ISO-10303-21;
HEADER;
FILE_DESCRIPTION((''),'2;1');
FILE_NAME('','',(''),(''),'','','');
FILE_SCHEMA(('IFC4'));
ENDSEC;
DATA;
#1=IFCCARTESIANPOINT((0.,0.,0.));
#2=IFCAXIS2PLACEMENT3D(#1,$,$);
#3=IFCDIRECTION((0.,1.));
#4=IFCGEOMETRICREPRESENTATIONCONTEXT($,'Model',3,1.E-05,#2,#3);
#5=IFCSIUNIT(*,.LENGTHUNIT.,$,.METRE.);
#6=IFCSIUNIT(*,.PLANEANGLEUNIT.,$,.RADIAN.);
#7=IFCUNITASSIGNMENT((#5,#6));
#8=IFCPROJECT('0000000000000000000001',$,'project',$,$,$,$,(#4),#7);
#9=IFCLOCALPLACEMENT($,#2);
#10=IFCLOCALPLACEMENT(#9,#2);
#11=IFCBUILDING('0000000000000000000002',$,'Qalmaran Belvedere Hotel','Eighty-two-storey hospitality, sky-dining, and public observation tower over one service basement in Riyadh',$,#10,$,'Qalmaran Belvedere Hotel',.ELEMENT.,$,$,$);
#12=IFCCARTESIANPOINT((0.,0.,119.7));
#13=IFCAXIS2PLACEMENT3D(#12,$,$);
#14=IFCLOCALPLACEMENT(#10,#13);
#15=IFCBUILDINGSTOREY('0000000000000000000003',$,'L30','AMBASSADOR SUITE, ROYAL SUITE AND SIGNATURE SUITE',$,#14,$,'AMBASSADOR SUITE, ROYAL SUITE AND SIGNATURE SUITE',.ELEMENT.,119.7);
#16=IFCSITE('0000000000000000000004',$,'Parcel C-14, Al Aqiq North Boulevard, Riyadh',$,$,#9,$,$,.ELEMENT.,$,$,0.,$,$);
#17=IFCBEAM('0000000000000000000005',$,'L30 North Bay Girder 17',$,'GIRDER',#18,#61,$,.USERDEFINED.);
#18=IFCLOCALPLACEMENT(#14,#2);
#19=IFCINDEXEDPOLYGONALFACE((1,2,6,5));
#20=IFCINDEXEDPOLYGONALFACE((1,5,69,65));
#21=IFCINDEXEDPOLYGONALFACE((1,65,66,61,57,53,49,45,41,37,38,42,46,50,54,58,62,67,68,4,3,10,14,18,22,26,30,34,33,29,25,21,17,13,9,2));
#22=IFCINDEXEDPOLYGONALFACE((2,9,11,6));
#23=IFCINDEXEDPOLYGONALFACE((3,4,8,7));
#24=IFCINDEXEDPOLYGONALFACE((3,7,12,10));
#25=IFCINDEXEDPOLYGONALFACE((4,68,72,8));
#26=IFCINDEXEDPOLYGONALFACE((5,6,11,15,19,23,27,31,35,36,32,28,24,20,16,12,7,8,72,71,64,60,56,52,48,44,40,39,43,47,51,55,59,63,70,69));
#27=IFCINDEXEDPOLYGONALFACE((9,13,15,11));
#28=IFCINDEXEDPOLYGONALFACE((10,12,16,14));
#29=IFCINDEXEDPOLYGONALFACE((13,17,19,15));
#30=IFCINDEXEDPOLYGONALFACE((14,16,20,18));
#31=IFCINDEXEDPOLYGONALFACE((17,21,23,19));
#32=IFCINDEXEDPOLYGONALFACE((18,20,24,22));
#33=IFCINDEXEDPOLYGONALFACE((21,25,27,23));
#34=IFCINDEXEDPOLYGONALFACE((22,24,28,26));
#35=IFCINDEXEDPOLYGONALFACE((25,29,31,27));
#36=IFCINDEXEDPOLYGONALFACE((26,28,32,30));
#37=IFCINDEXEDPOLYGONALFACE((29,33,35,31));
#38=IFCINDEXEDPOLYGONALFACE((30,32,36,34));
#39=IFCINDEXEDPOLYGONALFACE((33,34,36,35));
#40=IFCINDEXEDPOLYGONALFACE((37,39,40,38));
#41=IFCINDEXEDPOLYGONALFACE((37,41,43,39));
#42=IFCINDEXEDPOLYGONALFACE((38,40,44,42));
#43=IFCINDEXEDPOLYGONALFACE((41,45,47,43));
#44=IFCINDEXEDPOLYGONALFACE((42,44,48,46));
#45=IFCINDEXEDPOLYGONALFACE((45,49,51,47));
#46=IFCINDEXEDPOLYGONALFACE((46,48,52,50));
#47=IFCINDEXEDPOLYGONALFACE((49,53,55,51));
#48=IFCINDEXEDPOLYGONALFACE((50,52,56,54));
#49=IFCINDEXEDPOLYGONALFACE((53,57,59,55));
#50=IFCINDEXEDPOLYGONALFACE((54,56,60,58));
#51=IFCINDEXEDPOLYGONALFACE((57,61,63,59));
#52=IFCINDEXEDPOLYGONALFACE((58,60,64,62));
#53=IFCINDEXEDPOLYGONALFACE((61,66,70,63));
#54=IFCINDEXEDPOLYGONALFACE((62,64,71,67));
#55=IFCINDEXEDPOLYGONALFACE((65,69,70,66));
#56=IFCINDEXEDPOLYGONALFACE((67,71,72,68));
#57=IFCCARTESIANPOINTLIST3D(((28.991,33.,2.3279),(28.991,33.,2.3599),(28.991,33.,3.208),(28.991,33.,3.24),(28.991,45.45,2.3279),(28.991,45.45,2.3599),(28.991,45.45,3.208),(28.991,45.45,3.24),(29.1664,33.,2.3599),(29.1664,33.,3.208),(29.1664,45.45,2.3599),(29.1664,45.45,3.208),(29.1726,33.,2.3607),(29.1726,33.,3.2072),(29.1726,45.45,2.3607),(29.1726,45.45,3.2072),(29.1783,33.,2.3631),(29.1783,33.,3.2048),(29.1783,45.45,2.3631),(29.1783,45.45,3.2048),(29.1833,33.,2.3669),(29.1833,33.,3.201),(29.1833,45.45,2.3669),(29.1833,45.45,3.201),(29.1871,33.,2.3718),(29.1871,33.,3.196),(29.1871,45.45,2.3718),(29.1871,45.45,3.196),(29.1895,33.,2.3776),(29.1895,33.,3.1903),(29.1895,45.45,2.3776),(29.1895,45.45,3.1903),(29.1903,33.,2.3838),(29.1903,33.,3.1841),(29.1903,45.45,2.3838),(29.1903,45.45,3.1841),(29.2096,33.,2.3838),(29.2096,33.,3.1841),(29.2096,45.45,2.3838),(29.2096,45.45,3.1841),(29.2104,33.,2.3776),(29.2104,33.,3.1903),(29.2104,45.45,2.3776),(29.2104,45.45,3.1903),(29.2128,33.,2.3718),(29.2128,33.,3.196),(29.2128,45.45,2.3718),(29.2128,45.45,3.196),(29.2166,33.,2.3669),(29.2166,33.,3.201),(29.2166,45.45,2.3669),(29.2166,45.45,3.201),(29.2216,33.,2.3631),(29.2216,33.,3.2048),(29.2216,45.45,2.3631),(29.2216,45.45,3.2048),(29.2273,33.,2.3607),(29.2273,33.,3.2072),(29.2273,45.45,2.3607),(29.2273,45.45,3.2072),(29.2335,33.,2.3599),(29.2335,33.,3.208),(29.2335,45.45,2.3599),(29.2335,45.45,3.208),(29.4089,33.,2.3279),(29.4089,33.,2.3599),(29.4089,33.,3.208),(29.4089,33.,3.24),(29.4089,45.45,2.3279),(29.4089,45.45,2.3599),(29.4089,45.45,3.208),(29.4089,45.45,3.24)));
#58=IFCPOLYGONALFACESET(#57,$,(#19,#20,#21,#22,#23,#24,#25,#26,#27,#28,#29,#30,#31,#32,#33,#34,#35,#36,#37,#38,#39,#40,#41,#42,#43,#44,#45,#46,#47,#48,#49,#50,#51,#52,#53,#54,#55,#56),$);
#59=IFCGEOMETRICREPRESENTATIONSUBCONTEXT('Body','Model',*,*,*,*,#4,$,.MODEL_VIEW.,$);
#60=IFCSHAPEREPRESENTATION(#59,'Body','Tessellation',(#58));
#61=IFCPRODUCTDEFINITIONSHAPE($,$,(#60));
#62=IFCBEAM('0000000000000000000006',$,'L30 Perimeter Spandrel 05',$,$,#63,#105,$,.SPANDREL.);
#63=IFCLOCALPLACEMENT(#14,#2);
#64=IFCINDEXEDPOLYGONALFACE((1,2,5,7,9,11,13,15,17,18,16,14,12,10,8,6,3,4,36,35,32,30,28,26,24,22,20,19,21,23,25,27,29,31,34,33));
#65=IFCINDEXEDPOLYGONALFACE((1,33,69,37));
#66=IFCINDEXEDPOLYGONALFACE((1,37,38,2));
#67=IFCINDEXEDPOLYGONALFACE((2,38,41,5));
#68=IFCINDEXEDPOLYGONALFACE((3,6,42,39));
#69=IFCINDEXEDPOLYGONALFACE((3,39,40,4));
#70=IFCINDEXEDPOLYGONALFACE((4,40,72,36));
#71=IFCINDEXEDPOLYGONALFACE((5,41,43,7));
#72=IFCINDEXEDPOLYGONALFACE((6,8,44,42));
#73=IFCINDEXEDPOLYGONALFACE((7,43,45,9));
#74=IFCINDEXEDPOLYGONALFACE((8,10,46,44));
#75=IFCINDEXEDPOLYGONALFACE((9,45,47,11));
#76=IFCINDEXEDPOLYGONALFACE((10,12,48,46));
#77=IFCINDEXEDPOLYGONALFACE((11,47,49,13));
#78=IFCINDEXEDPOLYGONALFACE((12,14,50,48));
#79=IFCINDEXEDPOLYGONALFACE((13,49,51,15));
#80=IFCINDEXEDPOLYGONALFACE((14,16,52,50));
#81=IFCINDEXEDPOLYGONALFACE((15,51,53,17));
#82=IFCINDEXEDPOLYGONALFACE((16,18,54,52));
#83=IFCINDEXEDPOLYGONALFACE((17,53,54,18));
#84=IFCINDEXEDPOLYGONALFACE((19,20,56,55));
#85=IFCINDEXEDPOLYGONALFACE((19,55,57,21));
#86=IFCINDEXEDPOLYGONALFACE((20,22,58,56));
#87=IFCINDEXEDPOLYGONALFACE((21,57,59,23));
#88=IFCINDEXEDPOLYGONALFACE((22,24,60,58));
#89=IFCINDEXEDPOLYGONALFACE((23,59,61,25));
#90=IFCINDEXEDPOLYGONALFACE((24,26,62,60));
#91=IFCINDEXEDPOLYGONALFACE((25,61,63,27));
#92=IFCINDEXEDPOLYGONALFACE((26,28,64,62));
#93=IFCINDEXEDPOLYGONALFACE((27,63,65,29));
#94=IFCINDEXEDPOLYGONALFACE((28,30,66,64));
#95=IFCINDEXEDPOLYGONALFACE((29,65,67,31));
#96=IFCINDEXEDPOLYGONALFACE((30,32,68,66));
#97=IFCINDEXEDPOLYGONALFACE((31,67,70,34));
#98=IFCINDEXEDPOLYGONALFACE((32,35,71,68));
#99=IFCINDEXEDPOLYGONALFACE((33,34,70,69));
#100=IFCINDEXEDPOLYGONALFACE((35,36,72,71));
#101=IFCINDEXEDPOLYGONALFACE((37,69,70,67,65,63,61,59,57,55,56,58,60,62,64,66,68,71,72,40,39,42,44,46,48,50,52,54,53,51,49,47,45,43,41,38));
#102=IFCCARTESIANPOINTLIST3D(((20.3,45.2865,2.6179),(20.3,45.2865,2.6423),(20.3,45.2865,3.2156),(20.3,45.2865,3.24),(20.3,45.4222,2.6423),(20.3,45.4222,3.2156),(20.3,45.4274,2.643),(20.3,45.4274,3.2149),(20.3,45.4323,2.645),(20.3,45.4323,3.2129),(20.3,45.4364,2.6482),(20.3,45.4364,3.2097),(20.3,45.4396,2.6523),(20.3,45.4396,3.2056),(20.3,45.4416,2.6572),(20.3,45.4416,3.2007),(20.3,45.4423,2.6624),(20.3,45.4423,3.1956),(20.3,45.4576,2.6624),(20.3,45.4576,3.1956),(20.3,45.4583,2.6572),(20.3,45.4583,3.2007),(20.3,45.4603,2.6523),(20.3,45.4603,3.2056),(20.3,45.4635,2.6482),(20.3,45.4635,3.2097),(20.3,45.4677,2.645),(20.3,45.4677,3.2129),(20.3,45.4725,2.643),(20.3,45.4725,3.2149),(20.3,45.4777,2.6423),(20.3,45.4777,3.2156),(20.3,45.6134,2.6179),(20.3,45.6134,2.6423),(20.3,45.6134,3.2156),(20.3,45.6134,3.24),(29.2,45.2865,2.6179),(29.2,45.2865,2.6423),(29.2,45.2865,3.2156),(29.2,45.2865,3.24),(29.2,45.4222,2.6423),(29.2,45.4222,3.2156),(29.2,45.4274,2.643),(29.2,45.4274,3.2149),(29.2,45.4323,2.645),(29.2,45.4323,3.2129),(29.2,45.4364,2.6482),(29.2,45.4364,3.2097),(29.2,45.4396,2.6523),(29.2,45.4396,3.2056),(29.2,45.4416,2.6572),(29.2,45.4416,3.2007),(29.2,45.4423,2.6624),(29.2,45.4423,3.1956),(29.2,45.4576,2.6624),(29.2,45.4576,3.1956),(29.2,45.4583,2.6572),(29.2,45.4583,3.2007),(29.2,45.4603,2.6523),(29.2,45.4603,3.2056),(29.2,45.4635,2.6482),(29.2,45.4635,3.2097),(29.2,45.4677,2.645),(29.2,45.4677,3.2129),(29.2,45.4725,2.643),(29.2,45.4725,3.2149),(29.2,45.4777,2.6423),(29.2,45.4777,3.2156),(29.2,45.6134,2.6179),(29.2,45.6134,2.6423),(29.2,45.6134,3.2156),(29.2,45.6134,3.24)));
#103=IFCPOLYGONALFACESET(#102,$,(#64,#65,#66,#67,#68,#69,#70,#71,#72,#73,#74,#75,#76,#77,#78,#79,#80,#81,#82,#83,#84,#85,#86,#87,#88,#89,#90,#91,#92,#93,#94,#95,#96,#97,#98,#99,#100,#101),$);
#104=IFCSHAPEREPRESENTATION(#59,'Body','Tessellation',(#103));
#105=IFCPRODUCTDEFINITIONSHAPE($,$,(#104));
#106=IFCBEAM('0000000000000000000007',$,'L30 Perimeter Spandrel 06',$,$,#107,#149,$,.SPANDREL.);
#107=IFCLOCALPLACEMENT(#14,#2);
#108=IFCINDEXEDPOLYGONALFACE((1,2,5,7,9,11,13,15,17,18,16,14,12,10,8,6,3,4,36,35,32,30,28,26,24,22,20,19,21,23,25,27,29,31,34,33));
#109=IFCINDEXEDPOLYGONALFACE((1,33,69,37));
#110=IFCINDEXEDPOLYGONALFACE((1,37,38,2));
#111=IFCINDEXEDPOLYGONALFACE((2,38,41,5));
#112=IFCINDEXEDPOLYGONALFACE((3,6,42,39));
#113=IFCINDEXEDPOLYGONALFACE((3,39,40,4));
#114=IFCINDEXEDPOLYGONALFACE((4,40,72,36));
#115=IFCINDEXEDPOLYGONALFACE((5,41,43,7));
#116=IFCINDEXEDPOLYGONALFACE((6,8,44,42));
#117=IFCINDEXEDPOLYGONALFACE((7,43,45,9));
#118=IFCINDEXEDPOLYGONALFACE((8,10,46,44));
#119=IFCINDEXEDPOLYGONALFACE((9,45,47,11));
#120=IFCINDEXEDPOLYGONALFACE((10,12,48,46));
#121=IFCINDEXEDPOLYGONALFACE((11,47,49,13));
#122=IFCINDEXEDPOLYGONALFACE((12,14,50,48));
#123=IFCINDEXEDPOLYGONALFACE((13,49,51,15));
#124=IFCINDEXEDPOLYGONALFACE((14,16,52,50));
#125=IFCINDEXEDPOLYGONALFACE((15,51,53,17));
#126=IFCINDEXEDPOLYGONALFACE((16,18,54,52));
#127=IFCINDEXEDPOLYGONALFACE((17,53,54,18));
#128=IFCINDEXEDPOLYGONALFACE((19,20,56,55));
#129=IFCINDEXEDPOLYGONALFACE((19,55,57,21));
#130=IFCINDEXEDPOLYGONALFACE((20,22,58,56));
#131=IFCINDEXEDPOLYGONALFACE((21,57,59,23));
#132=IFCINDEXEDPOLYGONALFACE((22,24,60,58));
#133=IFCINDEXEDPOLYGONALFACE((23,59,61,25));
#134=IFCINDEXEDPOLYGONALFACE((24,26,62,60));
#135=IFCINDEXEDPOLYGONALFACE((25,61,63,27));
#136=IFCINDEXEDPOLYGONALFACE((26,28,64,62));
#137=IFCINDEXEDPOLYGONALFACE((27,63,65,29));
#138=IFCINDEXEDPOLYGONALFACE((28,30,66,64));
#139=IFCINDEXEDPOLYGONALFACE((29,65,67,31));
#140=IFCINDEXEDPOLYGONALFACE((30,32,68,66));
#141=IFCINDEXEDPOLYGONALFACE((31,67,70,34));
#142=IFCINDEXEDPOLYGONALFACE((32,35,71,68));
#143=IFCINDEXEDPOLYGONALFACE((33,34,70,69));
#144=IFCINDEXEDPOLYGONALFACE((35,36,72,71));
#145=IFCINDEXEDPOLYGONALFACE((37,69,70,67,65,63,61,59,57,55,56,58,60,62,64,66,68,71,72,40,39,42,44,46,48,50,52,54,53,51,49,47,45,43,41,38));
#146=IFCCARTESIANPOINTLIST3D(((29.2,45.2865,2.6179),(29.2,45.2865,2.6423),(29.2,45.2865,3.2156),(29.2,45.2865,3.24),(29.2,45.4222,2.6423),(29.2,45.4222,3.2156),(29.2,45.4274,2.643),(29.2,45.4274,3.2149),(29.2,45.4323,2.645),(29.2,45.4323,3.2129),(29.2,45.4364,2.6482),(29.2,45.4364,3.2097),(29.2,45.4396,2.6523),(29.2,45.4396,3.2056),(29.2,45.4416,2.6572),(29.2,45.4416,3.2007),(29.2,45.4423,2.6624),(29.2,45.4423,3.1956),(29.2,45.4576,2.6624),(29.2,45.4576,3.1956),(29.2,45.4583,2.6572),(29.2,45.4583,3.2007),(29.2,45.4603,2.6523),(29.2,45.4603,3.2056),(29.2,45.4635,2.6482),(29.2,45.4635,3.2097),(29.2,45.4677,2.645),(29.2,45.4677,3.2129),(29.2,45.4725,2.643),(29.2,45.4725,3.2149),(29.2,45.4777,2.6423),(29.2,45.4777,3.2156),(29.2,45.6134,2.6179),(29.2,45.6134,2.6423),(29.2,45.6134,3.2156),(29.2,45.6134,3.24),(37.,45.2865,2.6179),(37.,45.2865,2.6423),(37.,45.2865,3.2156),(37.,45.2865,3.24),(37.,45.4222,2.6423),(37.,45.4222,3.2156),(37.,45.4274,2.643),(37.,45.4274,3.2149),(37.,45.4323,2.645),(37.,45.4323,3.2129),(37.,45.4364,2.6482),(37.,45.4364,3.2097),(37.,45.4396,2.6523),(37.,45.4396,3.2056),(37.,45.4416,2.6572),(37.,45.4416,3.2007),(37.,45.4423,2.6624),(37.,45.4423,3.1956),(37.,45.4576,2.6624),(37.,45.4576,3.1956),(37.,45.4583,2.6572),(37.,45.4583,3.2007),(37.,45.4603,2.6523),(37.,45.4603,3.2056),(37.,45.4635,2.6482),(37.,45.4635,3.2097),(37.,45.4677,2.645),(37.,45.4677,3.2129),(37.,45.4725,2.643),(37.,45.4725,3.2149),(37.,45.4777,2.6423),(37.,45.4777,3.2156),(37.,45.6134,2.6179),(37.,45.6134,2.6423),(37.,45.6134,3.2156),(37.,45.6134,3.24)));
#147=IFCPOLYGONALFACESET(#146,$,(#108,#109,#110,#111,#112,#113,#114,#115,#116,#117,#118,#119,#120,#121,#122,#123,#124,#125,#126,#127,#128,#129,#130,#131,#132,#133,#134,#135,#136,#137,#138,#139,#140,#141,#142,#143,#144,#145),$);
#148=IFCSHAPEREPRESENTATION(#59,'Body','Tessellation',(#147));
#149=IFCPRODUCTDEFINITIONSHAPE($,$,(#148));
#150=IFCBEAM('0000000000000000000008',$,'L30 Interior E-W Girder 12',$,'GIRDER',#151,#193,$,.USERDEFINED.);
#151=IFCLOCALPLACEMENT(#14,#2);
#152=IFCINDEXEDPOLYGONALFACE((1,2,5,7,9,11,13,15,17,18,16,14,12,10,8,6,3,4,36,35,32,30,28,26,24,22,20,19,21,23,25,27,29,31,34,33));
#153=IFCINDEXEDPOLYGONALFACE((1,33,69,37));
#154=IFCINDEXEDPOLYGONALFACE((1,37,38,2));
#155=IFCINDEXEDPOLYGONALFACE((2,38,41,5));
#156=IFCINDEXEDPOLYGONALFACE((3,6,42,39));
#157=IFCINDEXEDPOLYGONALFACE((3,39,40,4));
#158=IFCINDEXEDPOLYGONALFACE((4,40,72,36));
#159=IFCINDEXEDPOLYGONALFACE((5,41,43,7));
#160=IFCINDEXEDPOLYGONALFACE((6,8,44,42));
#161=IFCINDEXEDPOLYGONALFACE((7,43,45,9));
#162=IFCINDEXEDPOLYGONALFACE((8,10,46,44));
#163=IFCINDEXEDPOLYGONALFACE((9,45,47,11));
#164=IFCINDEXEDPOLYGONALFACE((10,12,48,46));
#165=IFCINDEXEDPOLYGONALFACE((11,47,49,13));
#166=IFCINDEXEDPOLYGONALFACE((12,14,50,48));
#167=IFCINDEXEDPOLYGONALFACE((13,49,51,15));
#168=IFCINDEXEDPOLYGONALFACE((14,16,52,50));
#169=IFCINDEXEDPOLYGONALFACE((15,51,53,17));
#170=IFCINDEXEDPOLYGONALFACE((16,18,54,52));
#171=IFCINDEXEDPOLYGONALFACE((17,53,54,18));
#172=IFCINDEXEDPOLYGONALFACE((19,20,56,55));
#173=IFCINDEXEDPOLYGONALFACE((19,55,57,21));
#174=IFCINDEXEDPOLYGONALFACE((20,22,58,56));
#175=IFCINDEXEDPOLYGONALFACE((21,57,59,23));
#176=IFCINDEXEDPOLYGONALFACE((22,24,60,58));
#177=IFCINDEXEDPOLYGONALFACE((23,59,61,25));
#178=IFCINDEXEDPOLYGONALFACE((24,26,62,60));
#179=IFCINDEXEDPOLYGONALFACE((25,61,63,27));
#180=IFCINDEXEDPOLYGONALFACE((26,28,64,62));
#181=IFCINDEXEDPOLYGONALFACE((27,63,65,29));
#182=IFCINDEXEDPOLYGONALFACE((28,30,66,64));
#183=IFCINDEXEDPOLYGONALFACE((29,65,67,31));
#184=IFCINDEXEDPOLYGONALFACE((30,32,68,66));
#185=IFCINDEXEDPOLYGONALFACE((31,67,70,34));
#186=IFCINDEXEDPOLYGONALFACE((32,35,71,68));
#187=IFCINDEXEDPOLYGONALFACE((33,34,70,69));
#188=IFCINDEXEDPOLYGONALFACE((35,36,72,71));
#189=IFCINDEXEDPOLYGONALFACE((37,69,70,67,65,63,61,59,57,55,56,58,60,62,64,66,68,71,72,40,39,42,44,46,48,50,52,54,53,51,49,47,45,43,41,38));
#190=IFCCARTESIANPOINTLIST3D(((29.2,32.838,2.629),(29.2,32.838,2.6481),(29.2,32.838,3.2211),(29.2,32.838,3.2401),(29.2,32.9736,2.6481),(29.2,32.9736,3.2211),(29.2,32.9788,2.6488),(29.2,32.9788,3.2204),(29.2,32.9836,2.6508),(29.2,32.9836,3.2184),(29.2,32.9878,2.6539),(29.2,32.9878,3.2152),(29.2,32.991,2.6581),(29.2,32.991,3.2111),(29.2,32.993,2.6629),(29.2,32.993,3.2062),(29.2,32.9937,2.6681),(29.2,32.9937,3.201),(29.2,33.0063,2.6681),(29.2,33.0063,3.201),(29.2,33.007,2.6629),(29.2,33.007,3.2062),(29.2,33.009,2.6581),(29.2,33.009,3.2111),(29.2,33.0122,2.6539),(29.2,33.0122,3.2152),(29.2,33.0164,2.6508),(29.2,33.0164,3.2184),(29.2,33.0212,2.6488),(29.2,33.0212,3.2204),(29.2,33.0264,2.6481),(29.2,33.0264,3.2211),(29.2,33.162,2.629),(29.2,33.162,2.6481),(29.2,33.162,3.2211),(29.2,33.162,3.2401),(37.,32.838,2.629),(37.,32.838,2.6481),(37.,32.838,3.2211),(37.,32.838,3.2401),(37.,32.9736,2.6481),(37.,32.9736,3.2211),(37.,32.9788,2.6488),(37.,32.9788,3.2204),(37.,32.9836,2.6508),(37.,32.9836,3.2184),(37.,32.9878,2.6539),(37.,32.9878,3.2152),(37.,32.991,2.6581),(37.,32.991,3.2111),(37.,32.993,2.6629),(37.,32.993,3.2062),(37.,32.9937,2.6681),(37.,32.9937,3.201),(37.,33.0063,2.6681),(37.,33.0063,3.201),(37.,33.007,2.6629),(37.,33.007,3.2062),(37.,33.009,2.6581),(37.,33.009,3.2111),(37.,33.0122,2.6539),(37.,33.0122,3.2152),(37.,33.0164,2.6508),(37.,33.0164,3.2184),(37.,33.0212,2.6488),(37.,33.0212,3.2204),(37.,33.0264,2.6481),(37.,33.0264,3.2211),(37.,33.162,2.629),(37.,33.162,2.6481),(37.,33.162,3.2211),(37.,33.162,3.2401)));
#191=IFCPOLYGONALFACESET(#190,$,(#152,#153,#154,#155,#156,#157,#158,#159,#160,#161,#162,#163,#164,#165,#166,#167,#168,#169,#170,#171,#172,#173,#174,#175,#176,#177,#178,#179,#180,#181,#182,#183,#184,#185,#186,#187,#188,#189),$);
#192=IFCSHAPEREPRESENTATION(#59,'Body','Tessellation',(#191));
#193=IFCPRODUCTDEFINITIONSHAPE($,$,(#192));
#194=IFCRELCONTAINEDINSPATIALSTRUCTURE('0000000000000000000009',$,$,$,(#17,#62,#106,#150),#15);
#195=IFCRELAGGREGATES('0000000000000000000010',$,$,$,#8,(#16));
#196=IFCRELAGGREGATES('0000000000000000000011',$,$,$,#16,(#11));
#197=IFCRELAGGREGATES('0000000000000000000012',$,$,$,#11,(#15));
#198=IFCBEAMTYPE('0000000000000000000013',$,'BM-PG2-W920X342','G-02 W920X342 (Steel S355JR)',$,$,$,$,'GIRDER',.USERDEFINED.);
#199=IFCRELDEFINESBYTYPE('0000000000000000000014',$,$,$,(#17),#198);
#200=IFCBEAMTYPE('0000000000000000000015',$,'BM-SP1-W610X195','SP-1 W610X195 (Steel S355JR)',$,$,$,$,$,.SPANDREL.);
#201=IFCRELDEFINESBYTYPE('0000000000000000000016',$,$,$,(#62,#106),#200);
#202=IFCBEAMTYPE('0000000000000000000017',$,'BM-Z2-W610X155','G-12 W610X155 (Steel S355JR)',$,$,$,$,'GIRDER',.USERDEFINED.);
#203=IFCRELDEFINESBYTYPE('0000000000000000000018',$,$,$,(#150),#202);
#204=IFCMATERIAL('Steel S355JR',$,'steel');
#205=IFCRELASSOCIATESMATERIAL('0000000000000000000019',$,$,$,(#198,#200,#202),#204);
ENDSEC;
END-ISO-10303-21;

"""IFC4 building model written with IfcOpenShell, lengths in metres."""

from ifc_helpers import new_model, si_unit, direction, frame, origin, origin_2d, place, context, subcontext, project, spatial, i_section, extrude, material, material_profile, profile_set, type_object, element, save


model = new_model("IFC4")

# Units and contexts
model_context = context("Model", 3, precision=1e-05, world=origin(), true_north=direction((0.0, 1.0)))
body_context = subcontext(model_context, "Body", "Model", "MODEL_VIEW")
ifc_project = project(units=[si_unit("LENGTHUNIT", "METRE"), si_unit("PLANEANGLEUNIT", "RADIAN")], contexts=[model_context])

# Site, building, storey
site_placement = place(None, origin())
site = spatial("IfcSite", under=ifc_project, at=site_placement, Name="Parcel C-14, Al Aqiq North Boulevard, Riyadh", CompositionType="ELEMENT", RefElevation=0.0)
building_placement = place(site_placement, origin())
building = spatial("IfcBuilding", under=site, at=building_placement, Name="Qalmaran Belvedere Hotel", Description="Eighty-two-storey hospitality, sky-dining, and public observation tower over one service basement in Riyadh", LongName="Qalmaran Belvedere Hotel", CompositionType="ELEMENT")
storey_placement = place(building_placement, frame((0.0, 0.0, 119.7)))
storey = spatial("IfcBuildingStorey", under=building, at=storey_placement, Name="L30", Description="AMBASSADOR SUITE, ROYAL SUITE AND SIGNATURE SUITE", LongName="AMBASSADOR SUITE, ROYAL SUITE AND SIGNATURE SUITE", CompositionType="ELEMENT", Elevation=119.7)

# Beams
ifc_material_1 = material(Name="Steel S355JR", Category="steel")
ifc_material_profile_1 = material_profile(ifc_material_1, i_section(OverallWidth=0.418, OverallDepth=0.9121, WebThickness=0.0193, FlangeThickness=0.032, FilletRadius=0.0239, at=origin_2d()), Name="W920X342")
ifc_profile_set_1 = profile_set([ifc_material_profile_1], Name="Steel S355JR")
beam_type_1 = type_object("IfcBeamType", Name="BM-PG2-W920X342", Description="G-02 W920X342 (Steel S355JR)", ElementType="GIRDER", PredefinedType="USERDEFINED", material=ifc_profile_set_1)
beam_1_placement = place(storey_placement, frame((29.2, 33.0, 2.7839), z_axis=(0.0, 1.0, 0.0), x_axis=(-1.0, 0.0, 0.0)))
element("IfcBeam", 1, at=beam_1_placement, inside=storey, type_object=beam_type_1, Name="L30 North Bay Girder 17", ObjectType="GIRDER", PredefinedType="USERDEFINED", context=body_context, shape_type="SweptSolid", body=[
    extrude(i_section(OverallWidth=0.418, OverallDepth=0.9121, WebThickness=0.0193, FlangeThickness=0.032, FilletRadius=0.0239, at=origin_2d()), origin(), (0.0, 0.0, 1.0), 12.45),
])
ifc_material_profile_2 = material_profile(ifc_material_1, i_section(OverallWidth=0.3269, OverallDepth=0.6221, WebThickness=0.0154, FlangeThickness=0.0244, FilletRadius=0.02, at=origin_2d()), Name="W610X195")
ifc_profile_set_2 = profile_set([ifc_material_profile_2], Name="Steel S355JR")
beam_type_2 = type_object("IfcBeamType", Name="BM-SP1-W610X195", Description="SP-1 W610X195 (Steel S355JR)", PredefinedType="SPANDREL", material=ifc_profile_set_2)
beam_2_placement = place(storey_placement, frame((20.3, 45.45, 2.929), z_axis=(1.0, 0.0, 0.0), x_axis=(0.0, 1.0, 0.0)))
element("IfcBeam", 2, at=beam_2_placement, inside=storey, type_object=beam_type_2, Name="L30 Perimeter Spandrel 05", PredefinedType="SPANDREL", context=body_context, shape_type="SweptSolid", body=[
    extrude(i_section(OverallWidth=0.3269, OverallDepth=0.6221, WebThickness=0.0154, FlangeThickness=0.0244, FilletRadius=0.02, at=origin_2d()), origin(), (0.0, 0.0, 1.0), 8.8999),
])
beam_3_placement = place(storey_placement, frame((29.2, 45.45, 2.929), z_axis=(1.0, 0.0, 0.0), x_axis=(0.0, 1.0, 0.0)))
element("IfcBeam", 3, at=beam_3_placement, inside=storey, type_object=beam_type_2, Name="L30 Perimeter Spandrel 06", PredefinedType="SPANDREL", context=body_context, shape_type="SweptSolid", body=[
    extrude(i_section(OverallWidth=0.3269, OverallDepth=0.6221, WebThickness=0.0154, FlangeThickness=0.0244, FilletRadius=0.02, at=origin_2d()), origin(), (0.0, 0.0, 1.0), 7.8),
])
ifc_material_profile_3 = material_profile(ifc_material_1, i_section(OverallWidth=0.324, OverallDepth=0.6111, WebThickness=0.0127, FlangeThickness=0.019, FilletRadius=0.02, at=origin_2d()), Name="W610X155")
ifc_profile_set_3 = profile_set([ifc_material_profile_3], Name="Steel S355JR")
beam_type_3 = type_object("IfcBeamType", Name="BM-Z2-W610X155", Description="G-12 W610X155 (Steel S355JR)", ElementType="GIRDER", PredefinedType="USERDEFINED", material=ifc_profile_set_3)
beam_4_placement = place(storey_placement, frame((29.2, 33.0, 2.9346), z_axis=(1.0, 0.0, 0.0), x_axis=(0.0, 1.0, 0.0)))
element("IfcBeam", 4, at=beam_4_placement, inside=storey, type_object=beam_type_3, Name="L30 Interior E-W Girder 12", ObjectType="GIRDER", PredefinedType="USERDEFINED", context=body_context, shape_type="SweptSolid", body=[
    extrude(i_section(OverallWidth=0.324, OverallDepth=0.6111, WebThickness=0.0127, FlangeThickness=0.019, FilletRadius=0.02, at=origin_2d()), origin(), (0.0, 0.0, 1.0), 7.8),
])

save(model, "model.ifc")
